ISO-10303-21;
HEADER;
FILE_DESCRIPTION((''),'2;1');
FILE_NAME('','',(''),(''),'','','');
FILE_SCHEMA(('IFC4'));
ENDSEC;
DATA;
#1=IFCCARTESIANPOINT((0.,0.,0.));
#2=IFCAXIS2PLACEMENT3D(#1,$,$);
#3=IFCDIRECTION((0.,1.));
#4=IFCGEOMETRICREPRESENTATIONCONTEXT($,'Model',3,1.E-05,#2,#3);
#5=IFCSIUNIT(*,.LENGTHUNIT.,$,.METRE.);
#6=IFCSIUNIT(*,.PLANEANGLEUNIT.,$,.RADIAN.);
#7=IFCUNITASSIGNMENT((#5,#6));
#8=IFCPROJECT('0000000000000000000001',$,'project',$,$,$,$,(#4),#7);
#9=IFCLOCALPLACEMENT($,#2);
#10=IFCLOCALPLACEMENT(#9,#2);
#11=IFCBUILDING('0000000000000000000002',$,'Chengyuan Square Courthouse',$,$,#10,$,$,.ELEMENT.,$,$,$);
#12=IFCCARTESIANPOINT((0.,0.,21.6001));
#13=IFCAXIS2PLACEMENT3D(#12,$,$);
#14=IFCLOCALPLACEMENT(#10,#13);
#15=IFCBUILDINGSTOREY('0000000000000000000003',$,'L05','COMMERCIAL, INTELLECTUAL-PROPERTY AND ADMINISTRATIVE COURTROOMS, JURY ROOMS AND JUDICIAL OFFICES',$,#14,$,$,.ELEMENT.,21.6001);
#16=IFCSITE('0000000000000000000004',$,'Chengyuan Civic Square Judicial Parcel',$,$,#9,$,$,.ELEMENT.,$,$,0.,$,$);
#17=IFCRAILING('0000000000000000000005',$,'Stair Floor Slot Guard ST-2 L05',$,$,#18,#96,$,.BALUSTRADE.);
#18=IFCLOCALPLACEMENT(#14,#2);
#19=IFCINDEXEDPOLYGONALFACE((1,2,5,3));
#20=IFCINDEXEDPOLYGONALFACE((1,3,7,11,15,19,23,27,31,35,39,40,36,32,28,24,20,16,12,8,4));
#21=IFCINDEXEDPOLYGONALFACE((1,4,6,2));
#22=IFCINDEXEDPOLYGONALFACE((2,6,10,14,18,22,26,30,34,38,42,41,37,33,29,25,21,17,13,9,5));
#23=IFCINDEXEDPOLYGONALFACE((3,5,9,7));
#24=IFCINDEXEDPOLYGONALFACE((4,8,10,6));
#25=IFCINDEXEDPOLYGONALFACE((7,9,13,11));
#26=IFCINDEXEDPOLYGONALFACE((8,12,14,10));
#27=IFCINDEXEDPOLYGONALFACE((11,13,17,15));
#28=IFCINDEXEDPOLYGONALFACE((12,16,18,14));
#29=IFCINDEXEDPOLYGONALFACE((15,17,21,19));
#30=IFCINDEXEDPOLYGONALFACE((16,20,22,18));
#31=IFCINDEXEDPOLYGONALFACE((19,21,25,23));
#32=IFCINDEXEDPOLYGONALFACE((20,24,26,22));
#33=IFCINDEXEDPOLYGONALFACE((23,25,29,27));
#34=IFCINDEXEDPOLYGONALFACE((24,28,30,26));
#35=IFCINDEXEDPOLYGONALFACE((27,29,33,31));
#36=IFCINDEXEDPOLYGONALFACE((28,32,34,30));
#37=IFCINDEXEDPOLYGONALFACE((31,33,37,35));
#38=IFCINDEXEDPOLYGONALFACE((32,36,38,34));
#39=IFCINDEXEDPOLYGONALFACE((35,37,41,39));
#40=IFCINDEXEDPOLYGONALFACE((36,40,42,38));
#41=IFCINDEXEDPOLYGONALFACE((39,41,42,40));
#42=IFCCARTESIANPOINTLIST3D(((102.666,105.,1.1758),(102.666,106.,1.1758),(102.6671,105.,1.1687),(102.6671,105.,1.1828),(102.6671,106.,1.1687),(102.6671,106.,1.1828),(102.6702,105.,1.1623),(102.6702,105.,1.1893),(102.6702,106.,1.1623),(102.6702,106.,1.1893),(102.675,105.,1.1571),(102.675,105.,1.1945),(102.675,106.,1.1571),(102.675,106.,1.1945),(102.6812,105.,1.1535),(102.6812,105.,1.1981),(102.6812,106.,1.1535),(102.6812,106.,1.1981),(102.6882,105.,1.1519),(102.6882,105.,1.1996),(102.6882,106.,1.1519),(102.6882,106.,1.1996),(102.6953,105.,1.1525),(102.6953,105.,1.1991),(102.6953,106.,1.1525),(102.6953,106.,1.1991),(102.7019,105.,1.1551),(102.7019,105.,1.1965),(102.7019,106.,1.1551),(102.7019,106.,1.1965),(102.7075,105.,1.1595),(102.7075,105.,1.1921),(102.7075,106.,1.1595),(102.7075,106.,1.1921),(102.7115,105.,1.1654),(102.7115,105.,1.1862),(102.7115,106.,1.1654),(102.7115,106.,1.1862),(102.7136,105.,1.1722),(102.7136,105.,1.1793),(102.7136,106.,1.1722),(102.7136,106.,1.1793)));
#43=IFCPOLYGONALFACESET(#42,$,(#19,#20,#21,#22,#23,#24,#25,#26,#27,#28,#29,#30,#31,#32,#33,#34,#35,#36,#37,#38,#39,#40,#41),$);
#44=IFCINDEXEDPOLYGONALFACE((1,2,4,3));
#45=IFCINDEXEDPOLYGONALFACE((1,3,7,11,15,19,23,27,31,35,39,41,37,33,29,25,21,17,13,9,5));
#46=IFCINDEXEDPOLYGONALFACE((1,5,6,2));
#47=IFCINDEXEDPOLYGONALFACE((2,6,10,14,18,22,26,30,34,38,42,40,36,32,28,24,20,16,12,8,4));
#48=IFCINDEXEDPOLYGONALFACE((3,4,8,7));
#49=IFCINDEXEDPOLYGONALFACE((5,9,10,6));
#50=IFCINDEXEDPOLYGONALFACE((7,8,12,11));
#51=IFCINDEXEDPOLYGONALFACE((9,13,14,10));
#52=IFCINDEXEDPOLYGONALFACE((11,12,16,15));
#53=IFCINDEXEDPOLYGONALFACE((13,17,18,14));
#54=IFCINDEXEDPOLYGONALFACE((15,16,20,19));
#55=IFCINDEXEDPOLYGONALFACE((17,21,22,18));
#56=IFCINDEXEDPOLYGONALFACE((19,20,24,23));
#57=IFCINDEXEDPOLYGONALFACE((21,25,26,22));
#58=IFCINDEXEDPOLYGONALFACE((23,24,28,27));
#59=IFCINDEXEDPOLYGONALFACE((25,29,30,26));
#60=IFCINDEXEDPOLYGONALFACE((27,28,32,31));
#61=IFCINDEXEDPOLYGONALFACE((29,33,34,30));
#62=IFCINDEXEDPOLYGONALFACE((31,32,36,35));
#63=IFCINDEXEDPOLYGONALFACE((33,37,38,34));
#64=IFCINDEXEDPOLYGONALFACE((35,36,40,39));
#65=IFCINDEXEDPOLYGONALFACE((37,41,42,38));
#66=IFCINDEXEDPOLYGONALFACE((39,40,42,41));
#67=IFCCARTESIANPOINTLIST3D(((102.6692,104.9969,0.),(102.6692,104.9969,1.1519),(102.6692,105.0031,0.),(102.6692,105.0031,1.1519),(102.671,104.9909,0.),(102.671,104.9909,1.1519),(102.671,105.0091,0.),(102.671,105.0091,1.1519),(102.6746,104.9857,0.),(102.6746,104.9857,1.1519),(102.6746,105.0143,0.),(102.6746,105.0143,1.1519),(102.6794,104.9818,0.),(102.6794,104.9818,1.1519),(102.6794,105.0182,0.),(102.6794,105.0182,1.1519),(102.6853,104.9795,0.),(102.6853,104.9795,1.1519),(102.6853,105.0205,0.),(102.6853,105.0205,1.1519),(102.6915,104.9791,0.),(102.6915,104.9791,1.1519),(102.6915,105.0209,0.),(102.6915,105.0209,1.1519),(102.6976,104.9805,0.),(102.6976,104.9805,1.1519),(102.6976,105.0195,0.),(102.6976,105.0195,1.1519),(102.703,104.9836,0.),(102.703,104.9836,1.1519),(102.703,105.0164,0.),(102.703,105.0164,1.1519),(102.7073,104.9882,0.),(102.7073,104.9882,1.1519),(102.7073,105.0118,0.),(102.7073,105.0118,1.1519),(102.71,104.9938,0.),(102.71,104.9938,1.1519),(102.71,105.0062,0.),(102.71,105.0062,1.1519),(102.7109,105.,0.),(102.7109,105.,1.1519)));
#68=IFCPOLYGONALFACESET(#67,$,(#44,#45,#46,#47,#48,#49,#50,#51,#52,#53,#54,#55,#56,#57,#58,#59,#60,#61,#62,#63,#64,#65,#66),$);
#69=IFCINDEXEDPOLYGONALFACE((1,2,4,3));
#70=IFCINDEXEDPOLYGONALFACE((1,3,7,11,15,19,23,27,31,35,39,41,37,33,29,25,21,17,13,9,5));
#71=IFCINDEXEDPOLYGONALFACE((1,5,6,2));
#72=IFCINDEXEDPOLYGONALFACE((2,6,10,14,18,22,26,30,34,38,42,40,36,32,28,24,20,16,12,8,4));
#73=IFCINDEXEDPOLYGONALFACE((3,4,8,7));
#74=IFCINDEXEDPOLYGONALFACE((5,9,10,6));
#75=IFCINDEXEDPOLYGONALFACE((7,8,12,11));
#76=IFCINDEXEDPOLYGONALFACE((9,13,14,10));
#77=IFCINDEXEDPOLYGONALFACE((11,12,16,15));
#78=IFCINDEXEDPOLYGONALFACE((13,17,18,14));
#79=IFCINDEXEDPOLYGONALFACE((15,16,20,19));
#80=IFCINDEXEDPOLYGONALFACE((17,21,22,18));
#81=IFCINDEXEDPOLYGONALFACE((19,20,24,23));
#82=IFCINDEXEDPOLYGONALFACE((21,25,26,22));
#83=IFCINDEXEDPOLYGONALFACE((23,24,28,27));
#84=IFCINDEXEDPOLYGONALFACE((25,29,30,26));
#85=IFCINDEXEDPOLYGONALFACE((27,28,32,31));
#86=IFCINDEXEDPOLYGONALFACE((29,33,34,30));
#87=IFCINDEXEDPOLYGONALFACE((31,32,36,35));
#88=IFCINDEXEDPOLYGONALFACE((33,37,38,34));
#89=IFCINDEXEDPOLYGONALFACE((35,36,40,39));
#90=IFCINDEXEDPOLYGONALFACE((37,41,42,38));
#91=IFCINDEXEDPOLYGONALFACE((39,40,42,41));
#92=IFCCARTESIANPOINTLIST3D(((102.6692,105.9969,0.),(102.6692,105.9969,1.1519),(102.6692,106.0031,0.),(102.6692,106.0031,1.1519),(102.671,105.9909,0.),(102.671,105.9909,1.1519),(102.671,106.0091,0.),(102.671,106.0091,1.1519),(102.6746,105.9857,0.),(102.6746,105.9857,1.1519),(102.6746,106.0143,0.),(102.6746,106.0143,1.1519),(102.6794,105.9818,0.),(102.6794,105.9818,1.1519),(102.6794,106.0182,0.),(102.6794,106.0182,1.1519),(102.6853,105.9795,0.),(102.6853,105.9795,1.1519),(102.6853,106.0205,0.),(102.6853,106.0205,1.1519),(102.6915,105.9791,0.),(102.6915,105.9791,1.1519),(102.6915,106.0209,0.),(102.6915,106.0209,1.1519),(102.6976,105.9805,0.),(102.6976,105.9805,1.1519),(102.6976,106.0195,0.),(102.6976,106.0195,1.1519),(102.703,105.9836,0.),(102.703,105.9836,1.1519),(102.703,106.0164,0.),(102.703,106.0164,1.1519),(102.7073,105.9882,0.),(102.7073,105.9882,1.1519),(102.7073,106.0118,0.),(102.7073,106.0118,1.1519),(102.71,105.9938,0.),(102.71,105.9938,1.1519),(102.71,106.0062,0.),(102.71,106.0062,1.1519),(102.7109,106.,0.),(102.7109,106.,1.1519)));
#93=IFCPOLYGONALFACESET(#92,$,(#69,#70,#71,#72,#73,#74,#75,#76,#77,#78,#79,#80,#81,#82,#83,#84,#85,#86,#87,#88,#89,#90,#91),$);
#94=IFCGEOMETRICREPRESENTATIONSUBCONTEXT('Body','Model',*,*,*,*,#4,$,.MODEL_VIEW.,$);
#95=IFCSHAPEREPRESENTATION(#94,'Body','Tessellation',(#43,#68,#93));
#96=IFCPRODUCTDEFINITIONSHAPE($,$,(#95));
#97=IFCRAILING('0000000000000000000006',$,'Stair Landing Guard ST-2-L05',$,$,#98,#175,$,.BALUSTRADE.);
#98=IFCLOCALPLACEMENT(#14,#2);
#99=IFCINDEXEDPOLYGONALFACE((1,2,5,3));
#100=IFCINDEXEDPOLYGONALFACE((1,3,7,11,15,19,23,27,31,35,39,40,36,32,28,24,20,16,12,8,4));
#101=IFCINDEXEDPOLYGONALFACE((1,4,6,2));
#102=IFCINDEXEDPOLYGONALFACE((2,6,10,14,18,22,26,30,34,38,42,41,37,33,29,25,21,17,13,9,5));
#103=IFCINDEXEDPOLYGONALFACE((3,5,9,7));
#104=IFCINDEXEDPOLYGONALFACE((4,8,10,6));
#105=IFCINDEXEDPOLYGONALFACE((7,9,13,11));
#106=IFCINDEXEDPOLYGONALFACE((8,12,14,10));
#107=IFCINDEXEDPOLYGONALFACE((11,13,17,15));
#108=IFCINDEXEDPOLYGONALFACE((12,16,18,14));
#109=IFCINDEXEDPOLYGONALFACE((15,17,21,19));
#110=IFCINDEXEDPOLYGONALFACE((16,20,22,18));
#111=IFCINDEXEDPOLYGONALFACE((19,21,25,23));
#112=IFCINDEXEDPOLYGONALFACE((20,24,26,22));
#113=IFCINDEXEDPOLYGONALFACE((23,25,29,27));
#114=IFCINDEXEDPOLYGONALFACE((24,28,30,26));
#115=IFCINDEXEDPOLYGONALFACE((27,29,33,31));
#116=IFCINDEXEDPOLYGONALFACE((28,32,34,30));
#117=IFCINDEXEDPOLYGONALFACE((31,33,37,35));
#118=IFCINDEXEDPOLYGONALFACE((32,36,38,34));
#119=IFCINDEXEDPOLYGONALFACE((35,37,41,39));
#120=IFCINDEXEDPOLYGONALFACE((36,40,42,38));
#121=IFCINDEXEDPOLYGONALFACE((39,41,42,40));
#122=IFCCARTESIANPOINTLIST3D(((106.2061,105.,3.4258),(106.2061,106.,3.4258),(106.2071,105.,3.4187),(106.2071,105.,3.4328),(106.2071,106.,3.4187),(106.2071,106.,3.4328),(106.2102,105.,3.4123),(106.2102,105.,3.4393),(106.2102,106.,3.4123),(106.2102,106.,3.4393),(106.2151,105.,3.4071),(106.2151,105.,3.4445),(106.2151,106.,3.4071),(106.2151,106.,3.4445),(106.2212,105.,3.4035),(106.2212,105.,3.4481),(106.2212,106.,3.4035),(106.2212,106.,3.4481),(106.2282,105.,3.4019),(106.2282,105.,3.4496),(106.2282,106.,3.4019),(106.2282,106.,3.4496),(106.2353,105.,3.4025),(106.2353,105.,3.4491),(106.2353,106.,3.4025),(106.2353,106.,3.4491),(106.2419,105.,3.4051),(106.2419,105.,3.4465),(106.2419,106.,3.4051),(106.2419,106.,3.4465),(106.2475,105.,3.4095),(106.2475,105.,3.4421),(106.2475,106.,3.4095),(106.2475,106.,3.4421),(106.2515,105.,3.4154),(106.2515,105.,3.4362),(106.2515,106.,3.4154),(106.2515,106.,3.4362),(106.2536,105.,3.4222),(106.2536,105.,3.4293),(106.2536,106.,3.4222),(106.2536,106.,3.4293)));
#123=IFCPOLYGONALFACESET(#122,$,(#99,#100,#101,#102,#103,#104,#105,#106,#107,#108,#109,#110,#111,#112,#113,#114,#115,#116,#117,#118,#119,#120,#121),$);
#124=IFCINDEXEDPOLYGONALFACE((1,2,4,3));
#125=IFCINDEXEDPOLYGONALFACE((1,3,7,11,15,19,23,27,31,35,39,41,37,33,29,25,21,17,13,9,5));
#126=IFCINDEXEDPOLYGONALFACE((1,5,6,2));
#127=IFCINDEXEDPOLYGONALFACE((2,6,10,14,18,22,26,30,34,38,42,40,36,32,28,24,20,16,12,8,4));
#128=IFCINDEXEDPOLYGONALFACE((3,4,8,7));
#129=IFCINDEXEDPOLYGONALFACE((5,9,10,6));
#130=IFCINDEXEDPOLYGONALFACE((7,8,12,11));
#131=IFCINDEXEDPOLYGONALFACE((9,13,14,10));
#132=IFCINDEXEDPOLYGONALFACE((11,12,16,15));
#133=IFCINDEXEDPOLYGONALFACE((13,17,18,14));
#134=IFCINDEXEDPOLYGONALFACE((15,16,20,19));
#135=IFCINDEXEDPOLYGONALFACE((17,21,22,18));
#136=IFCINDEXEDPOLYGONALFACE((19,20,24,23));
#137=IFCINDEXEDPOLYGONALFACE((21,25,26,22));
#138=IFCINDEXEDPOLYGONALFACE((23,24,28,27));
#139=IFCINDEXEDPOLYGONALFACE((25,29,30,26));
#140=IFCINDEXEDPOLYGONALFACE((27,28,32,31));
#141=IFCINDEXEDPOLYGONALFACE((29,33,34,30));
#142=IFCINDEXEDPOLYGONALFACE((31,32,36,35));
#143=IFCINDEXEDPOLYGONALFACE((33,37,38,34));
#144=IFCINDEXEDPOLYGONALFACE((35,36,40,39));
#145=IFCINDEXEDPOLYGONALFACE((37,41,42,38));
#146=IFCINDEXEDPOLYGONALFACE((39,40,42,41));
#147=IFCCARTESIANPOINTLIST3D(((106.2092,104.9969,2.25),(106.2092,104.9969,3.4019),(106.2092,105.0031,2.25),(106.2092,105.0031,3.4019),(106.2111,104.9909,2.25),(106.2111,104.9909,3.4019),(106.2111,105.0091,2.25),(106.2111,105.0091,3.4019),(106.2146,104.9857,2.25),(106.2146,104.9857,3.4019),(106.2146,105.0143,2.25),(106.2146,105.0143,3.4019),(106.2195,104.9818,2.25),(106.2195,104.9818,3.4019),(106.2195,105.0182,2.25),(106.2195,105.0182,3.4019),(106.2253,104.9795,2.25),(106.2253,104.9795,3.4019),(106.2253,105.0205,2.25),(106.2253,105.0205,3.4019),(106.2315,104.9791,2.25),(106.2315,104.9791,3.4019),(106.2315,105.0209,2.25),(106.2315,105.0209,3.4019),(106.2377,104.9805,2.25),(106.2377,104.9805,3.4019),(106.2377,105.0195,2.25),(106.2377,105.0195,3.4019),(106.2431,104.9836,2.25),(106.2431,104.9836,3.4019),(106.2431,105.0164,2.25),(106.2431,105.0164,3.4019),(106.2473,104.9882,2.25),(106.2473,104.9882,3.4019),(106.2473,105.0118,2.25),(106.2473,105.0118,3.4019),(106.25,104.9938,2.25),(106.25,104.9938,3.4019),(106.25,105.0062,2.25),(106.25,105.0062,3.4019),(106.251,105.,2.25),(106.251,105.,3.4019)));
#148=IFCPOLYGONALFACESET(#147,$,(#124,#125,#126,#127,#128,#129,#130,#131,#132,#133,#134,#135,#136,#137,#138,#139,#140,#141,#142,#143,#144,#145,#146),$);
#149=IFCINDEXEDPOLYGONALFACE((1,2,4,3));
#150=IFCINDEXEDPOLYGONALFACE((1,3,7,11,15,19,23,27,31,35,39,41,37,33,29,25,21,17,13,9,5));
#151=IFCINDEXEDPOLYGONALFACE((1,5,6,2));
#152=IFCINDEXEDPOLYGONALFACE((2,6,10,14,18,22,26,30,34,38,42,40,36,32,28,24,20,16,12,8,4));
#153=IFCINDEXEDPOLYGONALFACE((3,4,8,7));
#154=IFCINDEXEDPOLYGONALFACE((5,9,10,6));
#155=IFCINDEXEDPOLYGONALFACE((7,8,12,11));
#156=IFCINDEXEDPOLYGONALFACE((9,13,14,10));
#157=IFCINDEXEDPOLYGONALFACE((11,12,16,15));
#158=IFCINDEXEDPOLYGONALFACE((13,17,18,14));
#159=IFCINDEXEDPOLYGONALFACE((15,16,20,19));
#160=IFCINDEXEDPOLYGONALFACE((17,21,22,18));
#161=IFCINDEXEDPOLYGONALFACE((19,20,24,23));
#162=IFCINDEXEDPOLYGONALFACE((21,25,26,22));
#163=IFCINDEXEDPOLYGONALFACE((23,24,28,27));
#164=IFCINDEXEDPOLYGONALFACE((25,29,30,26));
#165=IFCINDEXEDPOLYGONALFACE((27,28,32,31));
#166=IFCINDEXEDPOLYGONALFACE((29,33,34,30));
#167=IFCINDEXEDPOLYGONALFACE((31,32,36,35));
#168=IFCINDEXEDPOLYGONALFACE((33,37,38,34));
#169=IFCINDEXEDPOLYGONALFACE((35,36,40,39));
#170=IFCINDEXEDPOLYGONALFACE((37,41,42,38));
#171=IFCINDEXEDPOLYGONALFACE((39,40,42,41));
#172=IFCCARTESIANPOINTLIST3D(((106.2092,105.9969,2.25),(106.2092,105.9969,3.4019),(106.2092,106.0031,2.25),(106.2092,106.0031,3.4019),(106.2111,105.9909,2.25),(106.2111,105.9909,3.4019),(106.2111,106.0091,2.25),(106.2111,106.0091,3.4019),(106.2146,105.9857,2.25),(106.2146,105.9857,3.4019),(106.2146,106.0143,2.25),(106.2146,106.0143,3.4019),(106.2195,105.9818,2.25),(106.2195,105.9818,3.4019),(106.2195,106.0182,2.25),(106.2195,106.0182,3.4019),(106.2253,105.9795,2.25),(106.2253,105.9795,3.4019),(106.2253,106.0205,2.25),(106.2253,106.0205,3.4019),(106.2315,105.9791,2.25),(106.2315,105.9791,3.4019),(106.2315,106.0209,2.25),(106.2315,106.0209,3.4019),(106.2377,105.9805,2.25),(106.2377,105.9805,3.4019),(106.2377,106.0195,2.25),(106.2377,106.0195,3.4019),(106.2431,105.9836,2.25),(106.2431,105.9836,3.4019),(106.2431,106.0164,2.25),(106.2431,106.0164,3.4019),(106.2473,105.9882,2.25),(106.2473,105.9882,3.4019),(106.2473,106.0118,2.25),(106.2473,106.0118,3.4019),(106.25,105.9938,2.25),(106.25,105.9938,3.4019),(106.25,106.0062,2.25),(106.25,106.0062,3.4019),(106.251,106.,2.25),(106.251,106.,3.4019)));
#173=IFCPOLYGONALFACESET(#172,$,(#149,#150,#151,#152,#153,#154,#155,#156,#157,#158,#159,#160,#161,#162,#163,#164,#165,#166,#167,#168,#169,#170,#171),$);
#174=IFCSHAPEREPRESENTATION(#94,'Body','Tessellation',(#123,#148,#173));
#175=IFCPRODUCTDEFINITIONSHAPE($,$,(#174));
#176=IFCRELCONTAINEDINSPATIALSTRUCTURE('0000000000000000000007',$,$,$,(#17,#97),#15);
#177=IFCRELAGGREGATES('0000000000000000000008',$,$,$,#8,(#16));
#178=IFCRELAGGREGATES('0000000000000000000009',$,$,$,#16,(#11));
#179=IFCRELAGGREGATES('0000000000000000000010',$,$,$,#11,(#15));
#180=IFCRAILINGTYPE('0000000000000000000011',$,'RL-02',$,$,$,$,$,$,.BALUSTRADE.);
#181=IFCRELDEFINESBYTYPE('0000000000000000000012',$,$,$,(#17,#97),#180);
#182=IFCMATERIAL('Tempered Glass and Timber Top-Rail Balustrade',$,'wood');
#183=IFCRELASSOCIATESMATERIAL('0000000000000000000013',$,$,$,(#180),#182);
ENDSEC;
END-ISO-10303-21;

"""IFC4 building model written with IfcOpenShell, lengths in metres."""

from ifc_helpers import new_model, si_unit, direction, frame, origin, origin_2d, place, context, subcontext, project, spatial, circle, extrude, material, type_object, element, save


model = new_model("IFC4")

# Units and contexts
model_context = context("Model", 3, precision=1e-05, world=origin(), true_north=direction((0.0, 1.0)))
body_context = subcontext(model_context, "Body", "Model", "MODEL_VIEW")
ifc_project = project(units=[si_unit("LENGTHUNIT", "METRE"), si_unit("PLANEANGLEUNIT", "RADIAN")], contexts=[model_context])

# Site, building, storey
site_placement = place(None, origin())
site = spatial("IfcSite", under=ifc_project, at=site_placement, Name="Chengyuan Civic Square Judicial Parcel", CompositionType="ELEMENT", RefElevation=0.0)
building_placement = place(site_placement, origin())
building = spatial("IfcBuilding", under=site, at=building_placement, Name="Chengyuan Square Courthouse", CompositionType="ELEMENT")
storey_placement = place(building_placement, frame((0.0, 0.0, 21.6001)))
storey = spatial("IfcBuildingStorey", under=building, at=storey_placement, Name="L05", Description="COMMERCIAL, INTELLECTUAL-PROPERTY AND ADMINISTRATIVE COURTROOMS, JURY ROOMS AND JUDICIAL OFFICES", CompositionType="ELEMENT", Elevation=21.6001)

# Railings
ifc_material_1 = material(Name="Tempered Glass and Timber Top-Rail Balustrade", Category="wood")
railing_type_1 = type_object("IfcRailingType", Name="RL-02", PredefinedType="BALUSTRADE", material=ifc_material_1)
for number, where, name in (
    (1, (102.6899, 105.0, 0.0), "Stair Floor Slot Guard ST-2 L05"),
    (2, (106.23, 105.0, 2.25), "Stair Landing Guard ST-2-L05"),
):
    element("IfcRailing", number, at=place(storey_placement, frame(where)), inside=storey, type_object=railing_type_1, Name=name, PredefinedType="BALUSTRADE", context=body_context, shape_type="SweptSolid", body=[
        extrude(circle(Radius=0.0239, at=origin_2d()), frame((0.0, 0.0, 1.1758), z_axis=(0.0, 1.0, 0.0), x_axis=(-1.0, 0.0, 0.0)), (0.0, 0.0, 1.0), 1.0),
        extrude(circle(Radius=0.021, at=origin_2d()), origin(), (0.0, 0.0, 1.0), 1.1519),
        extrude(circle(Radius=0.021, at=origin_2d()), frame((0.0, 1.0, 0.0)), (0.0, 0.0, 1.0), 1.1519),
    ])

save(model, "model.ifc")
